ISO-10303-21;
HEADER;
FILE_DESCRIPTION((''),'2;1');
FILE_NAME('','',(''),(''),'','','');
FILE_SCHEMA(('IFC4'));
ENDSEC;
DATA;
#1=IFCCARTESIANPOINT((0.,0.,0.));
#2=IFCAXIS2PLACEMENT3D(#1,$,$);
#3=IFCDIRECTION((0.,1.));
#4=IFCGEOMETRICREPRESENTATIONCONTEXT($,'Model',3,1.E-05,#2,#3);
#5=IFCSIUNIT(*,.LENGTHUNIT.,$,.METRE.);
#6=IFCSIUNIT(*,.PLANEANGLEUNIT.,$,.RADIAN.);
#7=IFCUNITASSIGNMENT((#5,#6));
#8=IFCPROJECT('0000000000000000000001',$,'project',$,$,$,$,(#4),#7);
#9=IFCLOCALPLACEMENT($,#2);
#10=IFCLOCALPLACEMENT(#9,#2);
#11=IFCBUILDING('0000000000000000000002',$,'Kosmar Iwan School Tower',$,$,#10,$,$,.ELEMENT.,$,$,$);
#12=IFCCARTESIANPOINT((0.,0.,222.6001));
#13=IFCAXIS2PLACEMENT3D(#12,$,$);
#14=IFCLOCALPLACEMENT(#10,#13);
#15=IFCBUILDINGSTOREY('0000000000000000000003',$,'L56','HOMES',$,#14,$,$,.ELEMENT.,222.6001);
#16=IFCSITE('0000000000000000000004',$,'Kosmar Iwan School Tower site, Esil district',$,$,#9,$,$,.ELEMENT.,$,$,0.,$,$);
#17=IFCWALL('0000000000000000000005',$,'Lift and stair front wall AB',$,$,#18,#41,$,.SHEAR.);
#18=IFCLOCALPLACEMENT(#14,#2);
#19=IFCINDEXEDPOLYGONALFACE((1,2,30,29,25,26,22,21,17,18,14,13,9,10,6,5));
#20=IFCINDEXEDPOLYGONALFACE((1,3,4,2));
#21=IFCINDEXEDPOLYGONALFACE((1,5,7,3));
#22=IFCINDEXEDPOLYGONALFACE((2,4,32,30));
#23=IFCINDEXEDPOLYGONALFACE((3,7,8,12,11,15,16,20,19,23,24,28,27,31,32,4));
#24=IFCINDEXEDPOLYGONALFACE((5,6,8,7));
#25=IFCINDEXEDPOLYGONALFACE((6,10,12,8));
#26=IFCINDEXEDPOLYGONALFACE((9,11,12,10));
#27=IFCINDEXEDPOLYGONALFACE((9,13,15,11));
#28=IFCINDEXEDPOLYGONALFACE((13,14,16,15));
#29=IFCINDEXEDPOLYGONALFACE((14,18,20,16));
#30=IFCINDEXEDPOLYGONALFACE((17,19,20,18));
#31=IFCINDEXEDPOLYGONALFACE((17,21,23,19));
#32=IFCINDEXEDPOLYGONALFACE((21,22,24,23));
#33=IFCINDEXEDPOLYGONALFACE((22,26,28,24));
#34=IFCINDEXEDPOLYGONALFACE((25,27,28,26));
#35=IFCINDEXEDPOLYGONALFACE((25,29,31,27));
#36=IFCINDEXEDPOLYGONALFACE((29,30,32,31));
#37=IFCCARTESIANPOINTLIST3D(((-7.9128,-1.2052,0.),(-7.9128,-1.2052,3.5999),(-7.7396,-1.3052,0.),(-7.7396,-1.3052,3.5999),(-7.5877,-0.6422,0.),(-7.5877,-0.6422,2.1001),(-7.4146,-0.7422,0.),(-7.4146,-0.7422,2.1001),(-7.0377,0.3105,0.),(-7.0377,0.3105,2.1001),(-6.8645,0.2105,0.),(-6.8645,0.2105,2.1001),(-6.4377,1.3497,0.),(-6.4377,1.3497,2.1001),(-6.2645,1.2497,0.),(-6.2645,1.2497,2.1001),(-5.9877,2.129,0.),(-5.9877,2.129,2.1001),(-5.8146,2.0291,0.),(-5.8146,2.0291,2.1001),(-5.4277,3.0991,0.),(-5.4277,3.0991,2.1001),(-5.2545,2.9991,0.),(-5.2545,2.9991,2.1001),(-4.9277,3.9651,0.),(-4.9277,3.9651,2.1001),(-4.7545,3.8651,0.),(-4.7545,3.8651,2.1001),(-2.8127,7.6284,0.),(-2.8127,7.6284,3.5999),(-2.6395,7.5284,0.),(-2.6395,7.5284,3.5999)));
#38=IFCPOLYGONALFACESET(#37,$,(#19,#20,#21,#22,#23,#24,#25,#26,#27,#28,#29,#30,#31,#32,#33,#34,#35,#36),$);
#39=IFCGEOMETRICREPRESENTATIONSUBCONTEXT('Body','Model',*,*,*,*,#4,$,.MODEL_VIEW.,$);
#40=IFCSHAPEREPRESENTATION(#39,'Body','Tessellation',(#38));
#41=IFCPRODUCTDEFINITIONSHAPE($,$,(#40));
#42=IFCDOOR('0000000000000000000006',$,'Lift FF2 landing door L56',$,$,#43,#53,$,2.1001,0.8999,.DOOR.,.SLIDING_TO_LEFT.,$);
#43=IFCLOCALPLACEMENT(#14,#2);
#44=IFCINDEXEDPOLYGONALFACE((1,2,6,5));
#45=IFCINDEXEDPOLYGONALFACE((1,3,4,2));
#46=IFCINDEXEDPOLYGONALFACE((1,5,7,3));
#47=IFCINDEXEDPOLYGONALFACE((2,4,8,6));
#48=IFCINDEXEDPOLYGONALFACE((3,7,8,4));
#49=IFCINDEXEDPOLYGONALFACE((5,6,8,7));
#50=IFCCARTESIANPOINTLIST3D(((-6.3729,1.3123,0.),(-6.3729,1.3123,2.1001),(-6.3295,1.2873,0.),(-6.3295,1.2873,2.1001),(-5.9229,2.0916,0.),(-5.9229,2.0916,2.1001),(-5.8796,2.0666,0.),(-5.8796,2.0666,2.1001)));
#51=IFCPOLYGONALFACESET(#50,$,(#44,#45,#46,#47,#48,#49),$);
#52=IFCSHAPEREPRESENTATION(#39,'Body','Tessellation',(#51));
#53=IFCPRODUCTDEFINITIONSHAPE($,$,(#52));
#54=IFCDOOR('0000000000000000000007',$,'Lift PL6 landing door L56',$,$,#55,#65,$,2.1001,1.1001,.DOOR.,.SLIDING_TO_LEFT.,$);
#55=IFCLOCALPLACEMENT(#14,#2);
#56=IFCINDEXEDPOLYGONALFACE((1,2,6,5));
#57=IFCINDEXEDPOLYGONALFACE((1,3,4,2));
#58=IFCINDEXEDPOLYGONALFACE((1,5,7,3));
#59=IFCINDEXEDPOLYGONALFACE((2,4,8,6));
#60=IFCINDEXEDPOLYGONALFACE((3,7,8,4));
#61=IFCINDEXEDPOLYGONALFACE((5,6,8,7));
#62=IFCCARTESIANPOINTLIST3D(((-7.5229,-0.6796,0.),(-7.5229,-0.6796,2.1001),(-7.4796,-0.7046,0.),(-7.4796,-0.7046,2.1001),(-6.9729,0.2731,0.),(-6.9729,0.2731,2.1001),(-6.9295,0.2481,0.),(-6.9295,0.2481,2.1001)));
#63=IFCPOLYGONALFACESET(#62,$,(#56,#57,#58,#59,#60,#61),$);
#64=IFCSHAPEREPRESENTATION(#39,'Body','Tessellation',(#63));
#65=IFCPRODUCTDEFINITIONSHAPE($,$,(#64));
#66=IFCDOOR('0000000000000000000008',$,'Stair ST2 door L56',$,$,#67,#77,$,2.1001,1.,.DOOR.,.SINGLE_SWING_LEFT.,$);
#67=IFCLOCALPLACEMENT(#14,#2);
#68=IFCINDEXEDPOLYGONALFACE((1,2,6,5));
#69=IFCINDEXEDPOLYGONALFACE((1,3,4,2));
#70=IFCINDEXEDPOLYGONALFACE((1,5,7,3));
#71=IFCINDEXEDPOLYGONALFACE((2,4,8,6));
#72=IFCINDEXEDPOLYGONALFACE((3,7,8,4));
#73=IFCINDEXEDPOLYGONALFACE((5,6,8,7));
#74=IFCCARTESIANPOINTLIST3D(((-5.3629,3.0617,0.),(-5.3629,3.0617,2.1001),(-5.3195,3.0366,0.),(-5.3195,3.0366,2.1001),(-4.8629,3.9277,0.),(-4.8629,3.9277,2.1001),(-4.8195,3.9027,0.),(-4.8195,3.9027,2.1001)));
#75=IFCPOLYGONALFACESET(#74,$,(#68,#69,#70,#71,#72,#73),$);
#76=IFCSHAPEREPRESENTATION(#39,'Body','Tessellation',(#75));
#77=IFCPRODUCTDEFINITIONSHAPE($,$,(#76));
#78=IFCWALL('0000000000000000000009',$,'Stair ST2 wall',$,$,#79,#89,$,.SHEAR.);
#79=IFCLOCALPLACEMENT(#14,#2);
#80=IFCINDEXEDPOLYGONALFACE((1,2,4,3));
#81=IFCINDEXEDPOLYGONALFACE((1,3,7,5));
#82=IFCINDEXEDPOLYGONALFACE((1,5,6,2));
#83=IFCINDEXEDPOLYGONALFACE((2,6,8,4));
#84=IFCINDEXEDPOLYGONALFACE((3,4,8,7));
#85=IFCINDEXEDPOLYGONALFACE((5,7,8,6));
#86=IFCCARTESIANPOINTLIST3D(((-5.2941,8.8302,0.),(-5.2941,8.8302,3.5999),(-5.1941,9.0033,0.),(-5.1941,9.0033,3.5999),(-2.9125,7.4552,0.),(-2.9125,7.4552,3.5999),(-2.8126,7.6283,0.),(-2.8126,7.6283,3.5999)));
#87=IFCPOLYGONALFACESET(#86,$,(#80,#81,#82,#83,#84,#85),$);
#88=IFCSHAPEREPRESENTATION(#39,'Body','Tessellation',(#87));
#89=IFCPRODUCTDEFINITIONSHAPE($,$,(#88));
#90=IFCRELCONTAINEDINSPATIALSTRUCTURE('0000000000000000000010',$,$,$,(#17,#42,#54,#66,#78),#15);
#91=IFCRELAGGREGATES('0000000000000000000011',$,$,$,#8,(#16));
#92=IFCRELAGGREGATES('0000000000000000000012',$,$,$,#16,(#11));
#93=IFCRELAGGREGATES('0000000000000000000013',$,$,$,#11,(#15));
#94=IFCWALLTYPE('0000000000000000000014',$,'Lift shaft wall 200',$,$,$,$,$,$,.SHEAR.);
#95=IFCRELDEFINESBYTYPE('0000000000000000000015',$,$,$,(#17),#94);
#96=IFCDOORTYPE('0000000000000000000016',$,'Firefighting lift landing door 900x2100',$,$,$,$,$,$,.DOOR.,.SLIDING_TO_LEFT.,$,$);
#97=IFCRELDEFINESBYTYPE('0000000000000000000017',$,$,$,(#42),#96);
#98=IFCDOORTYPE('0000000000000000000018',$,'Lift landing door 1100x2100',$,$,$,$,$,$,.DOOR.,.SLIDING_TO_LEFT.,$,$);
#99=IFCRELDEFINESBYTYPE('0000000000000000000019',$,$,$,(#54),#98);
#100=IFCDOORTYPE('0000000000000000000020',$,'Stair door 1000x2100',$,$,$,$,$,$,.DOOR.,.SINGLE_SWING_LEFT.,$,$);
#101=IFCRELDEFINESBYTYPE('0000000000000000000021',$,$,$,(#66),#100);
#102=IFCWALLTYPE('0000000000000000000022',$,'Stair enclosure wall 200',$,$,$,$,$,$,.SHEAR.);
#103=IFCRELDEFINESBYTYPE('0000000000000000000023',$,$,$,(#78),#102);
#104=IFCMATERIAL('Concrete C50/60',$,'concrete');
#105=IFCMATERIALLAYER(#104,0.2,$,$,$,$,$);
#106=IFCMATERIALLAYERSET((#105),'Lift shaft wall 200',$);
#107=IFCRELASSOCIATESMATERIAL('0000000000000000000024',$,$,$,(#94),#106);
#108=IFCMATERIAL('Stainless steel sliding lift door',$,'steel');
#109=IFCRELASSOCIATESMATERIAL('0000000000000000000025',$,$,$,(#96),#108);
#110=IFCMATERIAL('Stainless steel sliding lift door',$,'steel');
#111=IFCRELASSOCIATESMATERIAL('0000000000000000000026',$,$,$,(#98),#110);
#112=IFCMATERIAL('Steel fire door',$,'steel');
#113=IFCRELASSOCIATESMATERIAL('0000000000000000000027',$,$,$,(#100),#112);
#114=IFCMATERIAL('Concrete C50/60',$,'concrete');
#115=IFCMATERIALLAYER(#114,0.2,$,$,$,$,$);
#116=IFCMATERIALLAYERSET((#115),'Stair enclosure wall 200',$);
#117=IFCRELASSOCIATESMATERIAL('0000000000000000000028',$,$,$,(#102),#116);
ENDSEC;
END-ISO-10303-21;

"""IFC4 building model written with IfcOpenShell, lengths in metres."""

from ifc_helpers import new_model, si_unit, direction, frame, frame_2d, origin, place, context, subcontext, project, spatial, rectangle, extrude, material, layer, layer_set, type_object, element, fill, save


model = new_model("IFC4")

# Units and contexts
model_context = context("Model", 3, precision=1e-05, world=origin(), true_north=direction((0.0, 1.0)))
body_context = subcontext(model_context, "Body", "Model", "MODEL_VIEW")
ifc_project = project(units=[si_unit("LENGTHUNIT", "METRE"), si_unit("PLANEANGLEUNIT", "RADIAN")], contexts=[model_context])

# Site, building, storey
site_placement = place(None, origin())
site = spatial("IfcSite", under=ifc_project, at=site_placement, Name="Kosmar Iwan School Tower site, Esil district", CompositionType="ELEMENT", RefElevation=0.0)
building_placement = place(site_placement, origin())
building = spatial("IfcBuilding", under=site, at=building_placement, Name="Kosmar Iwan School Tower", CompositionType="ELEMENT")
storey_placement = place(building_placement, frame((0.0, 0.0, 222.6001)))
storey = spatial("IfcBuildingStorey", under=building, at=storey_placement, Name="L56", Description="HOMES", CompositionType="ELEMENT", Elevation=222.6001)

# Wall, openings, doors
ifc_material_1 = material(Name="Concrete C50/60", Category="concrete")
ifc_layer_1 = layer(ifc_material_1, 0.2)
ifc_layer_set_1 = layer_set([ifc_layer_1], Name="Lift shaft wall 200")
wall_type_1 = type_object("IfcWallType", Name="Lift shaft wall 200", PredefinedType="SHEAR", material=ifc_layer_set_1)
wall_1_placement = place(storey_placement, frame((-2.7261, 7.5784, 0.0), z_axis=(0.0, 0.0, 1.0), x_axis=(-0.500006, -0.866022, 0.0)))
wall_1 = element("IfcWall", 1, at=wall_1_placement, inside=storey, type_object=wall_type_1, Name="Lift and stair front wall AB", PredefinedType="SHEAR", context=body_context, shape_type="SweptSolid", body=[
    extrude(rectangle(XDim=10.2002, YDim=0.2, at=frame_2d((5.1001, 0.0))), origin(), (0.0, 0.0, 1.0), 3.5999),
])
opening_1_placement = place(wall_1_placement, frame((6.3501, 0.0, 0.0)))
opening_1 = element("IfcOpeningElement", 2, at=opening_1_placement, cuts=wall_1, PredefinedType="OPENING", context=body_context, shape_type="SweptSolid", body=[
    extrude(rectangle(XDim=0.8999, YDim=2.1001, at=frame_2d((0.45, 1.05))), frame((0.0, 0.1121, 0.0), z_axis=(0.0, -1.0, 0.0), x_axis=(1.0, 0.0, 0.0)), (0.0, 0.0, 1.0), 0.2239),
])
opening_2_placement = place(wall_1_placement, frame((8.45, 0.0, 0.0)))
opening_2 = element("IfcOpeningElement", 3, at=opening_2_placement, cuts=wall_1, PredefinedType="OPENING", context=body_context, shape_type="SweptSolid", body=[
    extrude(rectangle(XDim=1.1001, YDim=2.1001, at=frame_2d((0.55, 1.05))), frame((0.0, 0.1121, 0.0), z_axis=(0.0, -1.0, 0.0), x_axis=(1.0, 0.0, 0.0)), (0.0, 0.0, 1.0), 0.2239),
])
opening_3_placement = place(wall_1_placement, frame((4.23, 0.0, 0.0)))
opening_3 = element("IfcOpeningElement", 4, at=opening_3_placement, cuts=wall_1, PredefinedType="OPENING", context=body_context, shape_type="SweptSolid", body=[
    extrude(rectangle(XDim=1.0, YDim=2.1001, at=frame_2d((0.5, 1.05))), frame((0.0, 0.1121, 0.0), z_axis=(0.0, -1.0, 0.0), x_axis=(1.0, 0.0, 0.0)), (0.0, 0.0, 1.0), 0.2239),
])
ifc_material_2 = material(Name="Stainless steel sliding lift door", Category="steel")
door_type_1 = type_object("IfcDoorType", Name="Firefighting lift landing door 900x2100", OperationType="SLIDING_TO_LEFT", PredefinedType="DOOR", material=ifc_material_2)
door_1_placement = place(opening_1_placement, origin())
door_1 = element("IfcDoor", 5, at=door_1_placement, inside=storey, type_object=door_type_1, Name="Lift FF2 landing door L56", OperationType="SLIDING_TO_LEFT", OverallHeight=2.1001, OverallWidth=0.8999, PredefinedType="DOOR", context=body_context, shape_type="SweptSolid", body=[
    extrude(rectangle(XDim=0.8999, YDim=2.1001, at=frame_2d((0.45, 1.05))), frame((0.0, 0.0249, 0.0), z_axis=(0.0, -1.0, 0.0), x_axis=(1.0, 0.0, 0.0)), (0.0, 0.0, 1.0), 0.05),
])
fill(opening_1, door_1)
ifc_material_3 = material(Name="Stainless steel sliding lift door", Category="steel")
door_type_2 = type_object("IfcDoorType", Name="Lift landing door 1100x2100", OperationType="SLIDING_TO_LEFT", PredefinedType="DOOR", material=ifc_material_3)
door_2_placement = place(opening_2_placement, origin())
door_2 = element("IfcDoor", 6, at=door_2_placement, inside=storey, type_object=door_type_2, Name="Lift PL6 landing door L56", OperationType="SLIDING_TO_LEFT", OverallHeight=2.1001, OverallWidth=1.1001, PredefinedType="DOOR", context=body_context, shape_type="SweptSolid", body=[
    extrude(rectangle(XDim=1.1001, YDim=2.1001, at=frame_2d((0.55, 1.05))), frame((0.0, 0.0249, 0.0), z_axis=(0.0, -1.0, 0.0), x_axis=(1.0, 0.0, 0.0)), (0.0, 0.0, 1.0), 0.05),
])
fill(opening_2, door_2)
ifc_material_4 = material(Name="Steel fire door", Category="steel")
door_type_3 = type_object("IfcDoorType", Name="Stair door 1000x2100", OperationType="SINGLE_SWING_LEFT", PredefinedType="DOOR", material=ifc_material_4)
door_3_placement = place(opening_3_placement, origin())
door_3 = element("IfcDoor", 7, at=door_3_placement, inside=storey, type_object=door_type_3, Name="Stair ST2 door L56", OperationType="SINGLE_SWING_LEFT", OverallHeight=2.1001, OverallWidth=1.0, PredefinedType="DOOR", context=body_context, shape_type="SweptSolid", body=[
    extrude(rectangle(XDim=1.0, YDim=2.1001, at=frame_2d((0.5, 1.05))), frame((0.0, 0.0249, 0.0), z_axis=(0.0, -1.0, 0.0), x_axis=(1.0, 0.0, 0.0)), (0.0, 0.0, 1.0), 0.05),
])
fill(opening_3, door_3)

# Wall
ifc_material_5 = material(Name="Concrete C50/60", Category="concrete")
ifc_layer_2 = layer(ifc_material_5, 0.2)
ifc_layer_set_2 = layer_set([ifc_layer_2], Name="Stair enclosure wall 200")
wall_type_2 = type_object("IfcWallType", Name="Stair enclosure wall 200", PredefinedType="SHEAR", material=ifc_layer_set_2)
wall_2_placement = place(storey_placement, frame((-2.8625, 7.5417, 0.0), z_axis=(0.0, 0.0, 1.0), x_axis=(-0.866027, 0.499997, 0.0)))
element("IfcWall", 8, at=wall_2_placement, inside=storey, type_object=wall_type_2, Name="Stair ST2 wall", PredefinedType="SHEAR", context=body_context, shape_type="SweptSolid", body=[
    extrude(rectangle(XDim=2.75, YDim=0.2, at=frame_2d((1.375, 0.0))), origin(), (0.0, 0.0, 1.0), 3.5999),
])

save(model, "model.ifc")
